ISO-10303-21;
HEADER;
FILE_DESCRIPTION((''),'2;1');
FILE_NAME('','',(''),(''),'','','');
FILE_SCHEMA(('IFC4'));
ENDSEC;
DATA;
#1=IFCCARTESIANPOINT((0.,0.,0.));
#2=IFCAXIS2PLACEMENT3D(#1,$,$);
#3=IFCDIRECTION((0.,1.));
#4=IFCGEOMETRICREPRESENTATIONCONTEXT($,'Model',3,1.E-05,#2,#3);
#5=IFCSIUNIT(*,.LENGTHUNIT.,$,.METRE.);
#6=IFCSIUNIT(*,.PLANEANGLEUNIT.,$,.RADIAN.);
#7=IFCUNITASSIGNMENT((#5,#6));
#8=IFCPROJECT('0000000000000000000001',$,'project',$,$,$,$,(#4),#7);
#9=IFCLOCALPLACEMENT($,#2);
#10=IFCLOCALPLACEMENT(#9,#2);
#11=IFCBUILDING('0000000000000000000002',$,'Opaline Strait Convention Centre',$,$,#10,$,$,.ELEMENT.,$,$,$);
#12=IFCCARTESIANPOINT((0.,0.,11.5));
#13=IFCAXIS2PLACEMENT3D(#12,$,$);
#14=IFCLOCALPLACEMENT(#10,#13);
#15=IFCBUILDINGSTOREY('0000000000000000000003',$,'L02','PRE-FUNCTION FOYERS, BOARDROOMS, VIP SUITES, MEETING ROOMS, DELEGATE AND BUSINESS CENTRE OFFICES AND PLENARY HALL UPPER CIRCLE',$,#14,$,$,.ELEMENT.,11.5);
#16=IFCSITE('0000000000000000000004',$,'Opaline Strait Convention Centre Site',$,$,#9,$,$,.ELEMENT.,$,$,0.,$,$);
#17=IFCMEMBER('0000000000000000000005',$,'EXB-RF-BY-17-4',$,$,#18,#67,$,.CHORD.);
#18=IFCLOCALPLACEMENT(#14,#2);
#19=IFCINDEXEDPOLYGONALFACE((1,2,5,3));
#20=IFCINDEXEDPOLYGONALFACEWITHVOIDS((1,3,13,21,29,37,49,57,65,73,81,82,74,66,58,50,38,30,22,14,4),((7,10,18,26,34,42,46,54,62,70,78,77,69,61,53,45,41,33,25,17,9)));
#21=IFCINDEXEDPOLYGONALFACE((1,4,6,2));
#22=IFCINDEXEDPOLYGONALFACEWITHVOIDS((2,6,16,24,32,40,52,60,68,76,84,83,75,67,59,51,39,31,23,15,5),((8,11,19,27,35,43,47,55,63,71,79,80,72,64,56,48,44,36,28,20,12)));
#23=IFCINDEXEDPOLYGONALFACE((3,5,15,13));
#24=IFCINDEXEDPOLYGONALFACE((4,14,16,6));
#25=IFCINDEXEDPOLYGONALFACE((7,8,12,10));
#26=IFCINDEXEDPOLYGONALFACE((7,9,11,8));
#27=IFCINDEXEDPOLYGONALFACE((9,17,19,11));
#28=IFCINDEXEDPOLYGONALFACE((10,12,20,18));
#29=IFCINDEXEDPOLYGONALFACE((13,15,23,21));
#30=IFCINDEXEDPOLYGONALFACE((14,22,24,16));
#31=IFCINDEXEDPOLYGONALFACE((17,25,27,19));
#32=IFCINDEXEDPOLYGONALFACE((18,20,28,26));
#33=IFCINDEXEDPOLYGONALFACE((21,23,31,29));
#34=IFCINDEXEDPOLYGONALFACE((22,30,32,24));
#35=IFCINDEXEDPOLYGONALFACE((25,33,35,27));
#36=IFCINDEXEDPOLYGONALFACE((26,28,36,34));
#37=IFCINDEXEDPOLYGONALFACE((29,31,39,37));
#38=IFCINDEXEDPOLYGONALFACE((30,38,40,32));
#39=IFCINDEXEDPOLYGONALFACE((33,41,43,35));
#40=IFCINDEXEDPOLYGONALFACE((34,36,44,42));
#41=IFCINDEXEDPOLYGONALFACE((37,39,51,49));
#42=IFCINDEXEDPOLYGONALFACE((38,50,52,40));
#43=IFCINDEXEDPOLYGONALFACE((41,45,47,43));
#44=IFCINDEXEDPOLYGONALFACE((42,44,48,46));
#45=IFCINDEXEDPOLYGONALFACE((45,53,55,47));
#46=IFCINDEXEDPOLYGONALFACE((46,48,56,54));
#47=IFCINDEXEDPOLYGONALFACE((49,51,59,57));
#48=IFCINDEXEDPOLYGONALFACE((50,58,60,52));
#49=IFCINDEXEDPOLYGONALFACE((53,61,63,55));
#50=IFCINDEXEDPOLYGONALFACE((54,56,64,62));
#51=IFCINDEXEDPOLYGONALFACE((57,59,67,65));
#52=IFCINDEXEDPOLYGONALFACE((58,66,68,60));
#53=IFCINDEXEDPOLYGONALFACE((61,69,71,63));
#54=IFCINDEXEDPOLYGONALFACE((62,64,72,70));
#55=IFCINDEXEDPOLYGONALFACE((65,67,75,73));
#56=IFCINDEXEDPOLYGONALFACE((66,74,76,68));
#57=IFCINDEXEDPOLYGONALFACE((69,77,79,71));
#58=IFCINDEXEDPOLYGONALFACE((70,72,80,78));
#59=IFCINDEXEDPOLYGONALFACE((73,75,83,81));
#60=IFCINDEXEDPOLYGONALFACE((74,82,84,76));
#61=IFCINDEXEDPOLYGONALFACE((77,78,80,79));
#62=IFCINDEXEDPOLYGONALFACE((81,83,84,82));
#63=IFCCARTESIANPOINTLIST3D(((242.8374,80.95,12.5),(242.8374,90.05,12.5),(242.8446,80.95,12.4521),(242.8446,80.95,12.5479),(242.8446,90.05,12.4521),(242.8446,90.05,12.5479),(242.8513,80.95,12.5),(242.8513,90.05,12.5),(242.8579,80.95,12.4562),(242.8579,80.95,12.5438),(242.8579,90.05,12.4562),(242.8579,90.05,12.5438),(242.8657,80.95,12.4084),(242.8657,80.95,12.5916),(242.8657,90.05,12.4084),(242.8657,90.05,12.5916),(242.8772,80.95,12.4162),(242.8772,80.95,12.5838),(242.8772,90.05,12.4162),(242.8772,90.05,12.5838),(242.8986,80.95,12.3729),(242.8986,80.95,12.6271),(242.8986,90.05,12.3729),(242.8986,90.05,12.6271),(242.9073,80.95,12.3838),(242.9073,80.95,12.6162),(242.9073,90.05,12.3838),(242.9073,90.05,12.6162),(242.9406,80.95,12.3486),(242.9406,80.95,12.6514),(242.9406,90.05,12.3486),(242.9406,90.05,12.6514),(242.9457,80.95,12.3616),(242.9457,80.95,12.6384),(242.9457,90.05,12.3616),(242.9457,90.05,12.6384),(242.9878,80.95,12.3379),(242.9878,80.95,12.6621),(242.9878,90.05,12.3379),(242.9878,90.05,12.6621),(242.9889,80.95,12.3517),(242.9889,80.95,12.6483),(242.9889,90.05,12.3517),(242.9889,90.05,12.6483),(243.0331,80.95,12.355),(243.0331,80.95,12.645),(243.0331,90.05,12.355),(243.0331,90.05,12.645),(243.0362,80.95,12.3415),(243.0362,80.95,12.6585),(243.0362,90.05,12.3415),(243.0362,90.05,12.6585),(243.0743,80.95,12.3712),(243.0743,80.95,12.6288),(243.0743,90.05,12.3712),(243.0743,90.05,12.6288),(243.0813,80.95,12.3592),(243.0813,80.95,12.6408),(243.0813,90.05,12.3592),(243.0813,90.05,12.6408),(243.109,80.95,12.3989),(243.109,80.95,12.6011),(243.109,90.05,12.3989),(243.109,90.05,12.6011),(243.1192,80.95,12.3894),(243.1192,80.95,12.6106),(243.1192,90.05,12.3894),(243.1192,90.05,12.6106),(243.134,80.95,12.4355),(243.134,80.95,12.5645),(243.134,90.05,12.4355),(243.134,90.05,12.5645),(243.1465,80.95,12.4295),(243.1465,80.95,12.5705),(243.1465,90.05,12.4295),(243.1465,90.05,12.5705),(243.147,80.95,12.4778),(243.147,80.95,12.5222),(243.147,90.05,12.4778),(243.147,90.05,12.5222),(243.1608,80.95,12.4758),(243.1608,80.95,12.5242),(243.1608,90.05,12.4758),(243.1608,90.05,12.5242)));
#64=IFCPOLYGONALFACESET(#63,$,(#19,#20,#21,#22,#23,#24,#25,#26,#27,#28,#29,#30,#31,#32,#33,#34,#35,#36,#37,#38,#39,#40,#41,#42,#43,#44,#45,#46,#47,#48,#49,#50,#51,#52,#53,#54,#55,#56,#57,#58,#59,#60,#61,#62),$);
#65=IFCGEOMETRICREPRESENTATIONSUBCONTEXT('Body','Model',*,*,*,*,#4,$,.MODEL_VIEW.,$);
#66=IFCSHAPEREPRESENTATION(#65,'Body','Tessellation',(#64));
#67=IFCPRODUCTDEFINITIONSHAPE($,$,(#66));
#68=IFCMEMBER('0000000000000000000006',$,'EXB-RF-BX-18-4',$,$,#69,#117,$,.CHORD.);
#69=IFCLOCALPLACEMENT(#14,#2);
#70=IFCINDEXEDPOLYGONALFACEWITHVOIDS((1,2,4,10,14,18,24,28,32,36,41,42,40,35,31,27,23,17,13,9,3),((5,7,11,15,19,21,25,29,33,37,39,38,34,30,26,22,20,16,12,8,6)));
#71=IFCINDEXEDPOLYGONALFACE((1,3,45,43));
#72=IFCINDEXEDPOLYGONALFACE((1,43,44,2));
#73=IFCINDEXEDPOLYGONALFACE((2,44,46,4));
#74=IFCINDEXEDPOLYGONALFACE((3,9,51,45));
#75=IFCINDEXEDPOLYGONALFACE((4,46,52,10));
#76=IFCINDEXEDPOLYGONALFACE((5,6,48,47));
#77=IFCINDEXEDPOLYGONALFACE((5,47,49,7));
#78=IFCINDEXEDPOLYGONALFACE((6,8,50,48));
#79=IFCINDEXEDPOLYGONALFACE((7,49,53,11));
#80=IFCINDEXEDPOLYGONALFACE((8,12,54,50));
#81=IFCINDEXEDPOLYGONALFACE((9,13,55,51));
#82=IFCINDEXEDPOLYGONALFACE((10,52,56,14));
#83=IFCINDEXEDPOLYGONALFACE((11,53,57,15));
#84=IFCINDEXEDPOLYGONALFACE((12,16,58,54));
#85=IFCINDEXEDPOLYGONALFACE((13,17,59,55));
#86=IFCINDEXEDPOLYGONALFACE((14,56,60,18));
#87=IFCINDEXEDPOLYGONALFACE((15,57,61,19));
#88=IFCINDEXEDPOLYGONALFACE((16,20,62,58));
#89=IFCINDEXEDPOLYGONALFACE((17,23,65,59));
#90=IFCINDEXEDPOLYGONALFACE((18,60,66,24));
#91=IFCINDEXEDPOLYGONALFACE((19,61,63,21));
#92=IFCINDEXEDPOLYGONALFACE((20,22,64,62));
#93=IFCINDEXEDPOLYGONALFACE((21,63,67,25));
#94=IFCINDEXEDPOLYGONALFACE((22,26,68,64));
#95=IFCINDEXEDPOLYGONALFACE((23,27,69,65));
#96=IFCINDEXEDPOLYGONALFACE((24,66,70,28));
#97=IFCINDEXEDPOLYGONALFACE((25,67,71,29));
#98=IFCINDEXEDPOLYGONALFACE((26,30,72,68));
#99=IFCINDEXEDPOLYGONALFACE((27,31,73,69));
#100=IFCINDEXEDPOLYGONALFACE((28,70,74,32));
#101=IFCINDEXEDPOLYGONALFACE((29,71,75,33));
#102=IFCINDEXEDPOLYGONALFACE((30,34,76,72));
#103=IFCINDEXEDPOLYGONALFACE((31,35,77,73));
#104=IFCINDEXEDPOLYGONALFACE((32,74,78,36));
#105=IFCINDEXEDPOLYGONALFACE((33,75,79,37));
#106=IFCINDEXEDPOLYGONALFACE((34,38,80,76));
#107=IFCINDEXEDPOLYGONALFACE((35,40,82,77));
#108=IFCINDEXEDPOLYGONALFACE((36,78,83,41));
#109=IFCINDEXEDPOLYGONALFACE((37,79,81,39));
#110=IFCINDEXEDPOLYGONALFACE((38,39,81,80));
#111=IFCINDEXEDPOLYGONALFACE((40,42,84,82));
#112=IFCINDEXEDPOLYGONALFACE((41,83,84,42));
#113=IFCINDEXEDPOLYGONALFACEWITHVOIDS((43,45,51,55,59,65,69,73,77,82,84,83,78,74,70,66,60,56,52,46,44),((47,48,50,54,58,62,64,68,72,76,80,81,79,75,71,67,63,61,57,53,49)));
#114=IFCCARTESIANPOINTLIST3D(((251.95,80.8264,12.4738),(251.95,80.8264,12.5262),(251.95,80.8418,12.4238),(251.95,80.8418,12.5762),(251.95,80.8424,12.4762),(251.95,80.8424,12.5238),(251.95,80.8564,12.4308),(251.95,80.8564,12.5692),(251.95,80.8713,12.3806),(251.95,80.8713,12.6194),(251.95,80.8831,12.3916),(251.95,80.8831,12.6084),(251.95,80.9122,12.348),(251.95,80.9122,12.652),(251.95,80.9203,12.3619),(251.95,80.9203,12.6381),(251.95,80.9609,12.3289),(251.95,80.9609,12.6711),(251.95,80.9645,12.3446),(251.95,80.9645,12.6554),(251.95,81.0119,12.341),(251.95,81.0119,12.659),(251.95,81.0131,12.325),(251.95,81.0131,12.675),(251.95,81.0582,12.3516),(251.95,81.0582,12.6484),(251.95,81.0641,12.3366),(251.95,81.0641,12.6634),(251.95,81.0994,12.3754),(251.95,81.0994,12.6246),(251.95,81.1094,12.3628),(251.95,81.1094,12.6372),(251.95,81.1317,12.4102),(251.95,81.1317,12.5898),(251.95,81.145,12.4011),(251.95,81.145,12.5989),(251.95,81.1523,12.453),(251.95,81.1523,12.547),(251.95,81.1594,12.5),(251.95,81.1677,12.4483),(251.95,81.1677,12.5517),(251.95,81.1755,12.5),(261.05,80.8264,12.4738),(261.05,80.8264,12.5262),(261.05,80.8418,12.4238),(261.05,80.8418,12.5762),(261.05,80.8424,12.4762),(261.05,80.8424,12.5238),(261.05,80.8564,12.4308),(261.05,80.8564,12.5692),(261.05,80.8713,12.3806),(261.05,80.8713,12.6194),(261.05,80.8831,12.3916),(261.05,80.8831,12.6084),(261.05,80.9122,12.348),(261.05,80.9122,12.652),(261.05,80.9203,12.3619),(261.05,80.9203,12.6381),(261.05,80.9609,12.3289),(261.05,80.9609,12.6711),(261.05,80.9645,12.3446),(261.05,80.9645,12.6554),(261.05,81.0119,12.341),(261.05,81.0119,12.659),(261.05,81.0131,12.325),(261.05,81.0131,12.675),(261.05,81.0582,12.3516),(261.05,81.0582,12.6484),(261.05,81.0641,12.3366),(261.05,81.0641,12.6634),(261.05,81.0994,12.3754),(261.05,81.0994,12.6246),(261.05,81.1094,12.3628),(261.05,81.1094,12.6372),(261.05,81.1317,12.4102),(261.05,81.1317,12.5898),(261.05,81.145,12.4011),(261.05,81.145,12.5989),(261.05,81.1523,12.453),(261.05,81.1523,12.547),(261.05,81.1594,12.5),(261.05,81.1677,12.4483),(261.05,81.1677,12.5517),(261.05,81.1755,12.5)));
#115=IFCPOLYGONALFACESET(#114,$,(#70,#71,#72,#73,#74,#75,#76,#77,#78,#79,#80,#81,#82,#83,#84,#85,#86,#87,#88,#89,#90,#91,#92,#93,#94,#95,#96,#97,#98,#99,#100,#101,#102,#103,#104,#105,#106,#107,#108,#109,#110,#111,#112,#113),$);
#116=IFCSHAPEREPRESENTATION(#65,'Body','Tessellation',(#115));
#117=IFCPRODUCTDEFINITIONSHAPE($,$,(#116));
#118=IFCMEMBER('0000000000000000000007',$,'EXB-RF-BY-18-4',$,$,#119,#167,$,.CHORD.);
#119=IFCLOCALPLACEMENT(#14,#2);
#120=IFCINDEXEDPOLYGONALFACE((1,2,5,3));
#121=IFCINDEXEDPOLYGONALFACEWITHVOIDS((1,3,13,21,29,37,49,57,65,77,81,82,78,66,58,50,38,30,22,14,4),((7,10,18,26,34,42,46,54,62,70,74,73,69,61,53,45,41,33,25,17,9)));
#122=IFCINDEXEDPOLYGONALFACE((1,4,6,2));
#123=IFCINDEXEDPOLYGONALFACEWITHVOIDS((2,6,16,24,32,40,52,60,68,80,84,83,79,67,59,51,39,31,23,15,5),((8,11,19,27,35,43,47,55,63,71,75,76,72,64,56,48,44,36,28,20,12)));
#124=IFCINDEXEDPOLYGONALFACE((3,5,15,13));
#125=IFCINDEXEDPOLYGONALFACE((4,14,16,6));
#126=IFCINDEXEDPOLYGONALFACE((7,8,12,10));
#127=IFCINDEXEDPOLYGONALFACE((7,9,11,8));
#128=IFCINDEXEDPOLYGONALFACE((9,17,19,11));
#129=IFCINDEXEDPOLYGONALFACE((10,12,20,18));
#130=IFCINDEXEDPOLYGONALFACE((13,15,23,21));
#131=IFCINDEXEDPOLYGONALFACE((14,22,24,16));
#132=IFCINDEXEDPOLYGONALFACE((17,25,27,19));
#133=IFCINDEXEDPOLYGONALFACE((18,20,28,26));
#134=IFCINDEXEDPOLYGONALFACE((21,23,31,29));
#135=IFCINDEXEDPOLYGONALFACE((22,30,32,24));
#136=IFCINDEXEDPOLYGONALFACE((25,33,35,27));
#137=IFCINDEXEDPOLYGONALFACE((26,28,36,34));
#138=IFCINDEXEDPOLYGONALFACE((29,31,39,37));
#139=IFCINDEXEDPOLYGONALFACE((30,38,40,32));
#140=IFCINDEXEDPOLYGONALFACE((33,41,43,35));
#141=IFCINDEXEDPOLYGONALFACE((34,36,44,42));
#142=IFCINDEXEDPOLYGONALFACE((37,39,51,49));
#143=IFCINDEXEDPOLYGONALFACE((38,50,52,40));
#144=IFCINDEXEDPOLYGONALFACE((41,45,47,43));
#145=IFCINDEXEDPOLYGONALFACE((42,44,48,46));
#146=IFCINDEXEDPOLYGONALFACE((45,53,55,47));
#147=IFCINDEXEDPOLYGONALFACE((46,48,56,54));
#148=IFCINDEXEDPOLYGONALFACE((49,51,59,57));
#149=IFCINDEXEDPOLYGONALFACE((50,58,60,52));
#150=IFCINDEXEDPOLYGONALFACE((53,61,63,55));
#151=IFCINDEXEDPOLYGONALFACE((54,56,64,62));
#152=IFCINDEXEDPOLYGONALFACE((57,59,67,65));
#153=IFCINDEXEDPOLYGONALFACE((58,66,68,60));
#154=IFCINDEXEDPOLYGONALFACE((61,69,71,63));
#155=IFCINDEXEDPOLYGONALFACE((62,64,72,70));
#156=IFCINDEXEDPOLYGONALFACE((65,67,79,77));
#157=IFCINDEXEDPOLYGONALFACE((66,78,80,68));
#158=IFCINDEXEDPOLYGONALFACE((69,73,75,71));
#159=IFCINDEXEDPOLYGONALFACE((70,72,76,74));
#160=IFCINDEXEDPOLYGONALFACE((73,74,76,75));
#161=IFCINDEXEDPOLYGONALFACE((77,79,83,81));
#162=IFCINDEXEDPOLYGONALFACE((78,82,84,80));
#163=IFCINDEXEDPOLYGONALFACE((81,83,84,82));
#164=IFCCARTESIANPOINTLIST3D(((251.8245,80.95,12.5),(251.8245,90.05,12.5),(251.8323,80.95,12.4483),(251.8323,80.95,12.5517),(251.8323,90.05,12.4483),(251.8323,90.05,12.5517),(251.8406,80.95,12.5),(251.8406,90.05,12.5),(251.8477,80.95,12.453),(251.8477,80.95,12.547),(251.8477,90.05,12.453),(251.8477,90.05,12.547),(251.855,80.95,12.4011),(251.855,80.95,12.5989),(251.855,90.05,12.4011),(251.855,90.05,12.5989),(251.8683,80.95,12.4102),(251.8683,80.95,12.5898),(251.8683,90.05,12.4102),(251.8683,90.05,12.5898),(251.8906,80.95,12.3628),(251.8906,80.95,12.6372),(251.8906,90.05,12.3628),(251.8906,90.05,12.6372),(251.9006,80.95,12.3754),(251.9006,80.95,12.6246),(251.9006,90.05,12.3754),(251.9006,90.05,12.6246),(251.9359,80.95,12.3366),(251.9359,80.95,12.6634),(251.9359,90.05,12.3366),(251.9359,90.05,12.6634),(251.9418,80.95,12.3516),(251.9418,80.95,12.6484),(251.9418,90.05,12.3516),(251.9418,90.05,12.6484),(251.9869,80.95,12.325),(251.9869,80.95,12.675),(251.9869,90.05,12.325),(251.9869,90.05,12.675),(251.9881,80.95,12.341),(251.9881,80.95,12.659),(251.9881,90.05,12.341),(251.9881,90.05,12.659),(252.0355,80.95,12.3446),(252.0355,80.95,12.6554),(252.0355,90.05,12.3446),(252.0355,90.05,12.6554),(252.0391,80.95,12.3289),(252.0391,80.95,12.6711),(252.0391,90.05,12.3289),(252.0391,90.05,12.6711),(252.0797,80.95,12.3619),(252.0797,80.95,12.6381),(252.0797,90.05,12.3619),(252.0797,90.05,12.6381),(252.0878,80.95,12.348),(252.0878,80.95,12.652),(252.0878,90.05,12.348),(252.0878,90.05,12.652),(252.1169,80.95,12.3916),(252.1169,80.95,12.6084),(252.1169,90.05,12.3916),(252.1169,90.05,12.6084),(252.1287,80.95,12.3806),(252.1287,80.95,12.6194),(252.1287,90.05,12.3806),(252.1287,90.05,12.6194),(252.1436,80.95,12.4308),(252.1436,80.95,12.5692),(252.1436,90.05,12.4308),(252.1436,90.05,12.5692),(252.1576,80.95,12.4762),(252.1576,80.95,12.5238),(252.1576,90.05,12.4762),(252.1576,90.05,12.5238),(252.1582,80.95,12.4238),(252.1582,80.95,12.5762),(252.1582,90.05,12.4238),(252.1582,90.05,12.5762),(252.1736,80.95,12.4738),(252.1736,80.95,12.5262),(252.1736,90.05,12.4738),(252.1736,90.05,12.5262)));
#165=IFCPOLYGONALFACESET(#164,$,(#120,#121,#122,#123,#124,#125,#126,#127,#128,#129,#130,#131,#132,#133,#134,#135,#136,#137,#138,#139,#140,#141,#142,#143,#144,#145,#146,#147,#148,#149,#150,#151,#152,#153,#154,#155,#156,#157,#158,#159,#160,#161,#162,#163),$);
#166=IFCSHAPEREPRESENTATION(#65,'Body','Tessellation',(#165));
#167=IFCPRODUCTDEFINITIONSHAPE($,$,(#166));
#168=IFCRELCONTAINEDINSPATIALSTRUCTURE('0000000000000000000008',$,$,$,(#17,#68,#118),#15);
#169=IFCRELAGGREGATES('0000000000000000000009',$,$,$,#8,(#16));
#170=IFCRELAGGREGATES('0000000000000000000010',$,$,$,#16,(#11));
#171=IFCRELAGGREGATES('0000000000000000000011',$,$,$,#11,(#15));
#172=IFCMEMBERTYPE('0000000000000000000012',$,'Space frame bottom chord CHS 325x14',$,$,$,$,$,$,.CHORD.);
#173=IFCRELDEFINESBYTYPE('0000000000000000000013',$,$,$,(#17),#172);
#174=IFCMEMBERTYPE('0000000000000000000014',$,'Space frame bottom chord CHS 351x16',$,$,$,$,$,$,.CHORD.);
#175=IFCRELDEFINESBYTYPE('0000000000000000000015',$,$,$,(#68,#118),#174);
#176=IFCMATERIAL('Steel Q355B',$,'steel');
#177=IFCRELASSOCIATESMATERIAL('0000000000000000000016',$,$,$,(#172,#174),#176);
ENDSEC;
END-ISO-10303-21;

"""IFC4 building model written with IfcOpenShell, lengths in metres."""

from ifc_helpers import new_model, si_unit, direction, frame, origin, origin_2d, place, context, subcontext, project, spatial, hollow_circle, extrude, material, material_profile, profile_set, type_object, element, save


model = new_model("IFC4")

# Units and contexts
model_context = context("Model", 3, precision=1e-05, world=origin(), true_north=direction((0.0, 1.0)))
body_context = subcontext(model_context, "Body", "Model", "MODEL_VIEW")
ifc_project = project(units=[si_unit("LENGTHUNIT", "METRE"), si_unit("PLANEANGLEUNIT", "RADIAN")], contexts=[model_context])

# Site, building, storey
site_placement = place(None, origin())
site = spatial("IfcSite", under=ifc_project, at=site_placement, Name="Opaline Strait Convention Centre Site", CompositionType="ELEMENT", RefElevation=0.0)
building_placement = place(site_placement, origin())
building = spatial("IfcBuilding", under=site, at=building_placement, Name="Opaline Strait Convention Centre", CompositionType="ELEMENT")
storey_placement = place(building_placement, frame((0.0, 0.0, 11.5)))
storey = spatial("IfcBuildingStorey", under=building, at=storey_placement, Name="L02", Description="PRE-FUNCTION FOYERS, BOARDROOMS, VIP SUITES, MEETING ROOMS, DELEGATE AND BUSINESS CENTRE OFFICES AND PLENARY HALL UPPER CIRCLE", CompositionType="ELEMENT", Elevation=11.5)

# Members
ifc_material_1 = material(Name="Steel Q355B", Category="steel")
ifc_material_profile_1 = material_profile(ifc_material_1, hollow_circle(Radius=0.1626, WallThickness=0.0139, at=origin_2d()), Name="CHS 325x14")
ifc_profile_set_1 = profile_set([ifc_material_profile_1], Name="Steel Q355B")
member_type_1 = type_object("IfcMemberType", Name="Space frame bottom chord CHS 325x14", PredefinedType="CHORD", material=ifc_profile_set_1)
member_1_placement = place(storey_placement, frame((243.0, 80.95, 12.5), z_axis=(0.0, 1.0, 0.0), x_axis=(-1.0, 0.0, 0.0)))
element("IfcMember", 1, at=member_1_placement, inside=storey, type_object=member_type_1, Name="EXB-RF-BY-17-4", PredefinedType="CHORD", context=body_context, shape_type="SweptSolid", body=[
    extrude(hollow_circle(Radius=0.1626, WallThickness=0.0139, at=origin_2d()), origin(), (0.0, 0.0, 1.0), 9.1001),
])
ifc_material_profile_2 = material_profile(ifc_material_1, hollow_circle(Radius=0.1755, WallThickness=0.0161, at=origin_2d()), Name="CHS 351x16")
ifc_profile_set_2 = profile_set([ifc_material_profile_2], Name="Steel Q355B")
member_type_2 = type_object("IfcMemberType", Name="Space frame bottom chord CHS 351x16", PredefinedType="CHORD", material=ifc_profile_set_2)
for number, where, z_axis, x_axis, name in (
    (2, (251.95, 81.0, 12.5), (1.0, 0.0, 0.0), (0.0, 1.0, 0.0), "EXB-RF-BX-18-4"),
    (3, (252.0, 80.95, 12.5), (0.0, 1.0, 0.0), (-1.0, 0.0, 0.0), "EXB-RF-BY-18-4"),
):
    element("IfcMember", number, at=place(storey_placement, frame(where, z_axis=z_axis, x_axis=x_axis)), inside=storey, type_object=member_type_2, Name=name, PredefinedType="CHORD", context=body_context, shape_type="SweptSolid", body=[
        extrude(hollow_circle(Radius=0.1755, WallThickness=0.0161, at=origin_2d()), origin(), (0.0, 0.0, 1.0), 9.1001),
    ])

save(model, "model.ifc")
